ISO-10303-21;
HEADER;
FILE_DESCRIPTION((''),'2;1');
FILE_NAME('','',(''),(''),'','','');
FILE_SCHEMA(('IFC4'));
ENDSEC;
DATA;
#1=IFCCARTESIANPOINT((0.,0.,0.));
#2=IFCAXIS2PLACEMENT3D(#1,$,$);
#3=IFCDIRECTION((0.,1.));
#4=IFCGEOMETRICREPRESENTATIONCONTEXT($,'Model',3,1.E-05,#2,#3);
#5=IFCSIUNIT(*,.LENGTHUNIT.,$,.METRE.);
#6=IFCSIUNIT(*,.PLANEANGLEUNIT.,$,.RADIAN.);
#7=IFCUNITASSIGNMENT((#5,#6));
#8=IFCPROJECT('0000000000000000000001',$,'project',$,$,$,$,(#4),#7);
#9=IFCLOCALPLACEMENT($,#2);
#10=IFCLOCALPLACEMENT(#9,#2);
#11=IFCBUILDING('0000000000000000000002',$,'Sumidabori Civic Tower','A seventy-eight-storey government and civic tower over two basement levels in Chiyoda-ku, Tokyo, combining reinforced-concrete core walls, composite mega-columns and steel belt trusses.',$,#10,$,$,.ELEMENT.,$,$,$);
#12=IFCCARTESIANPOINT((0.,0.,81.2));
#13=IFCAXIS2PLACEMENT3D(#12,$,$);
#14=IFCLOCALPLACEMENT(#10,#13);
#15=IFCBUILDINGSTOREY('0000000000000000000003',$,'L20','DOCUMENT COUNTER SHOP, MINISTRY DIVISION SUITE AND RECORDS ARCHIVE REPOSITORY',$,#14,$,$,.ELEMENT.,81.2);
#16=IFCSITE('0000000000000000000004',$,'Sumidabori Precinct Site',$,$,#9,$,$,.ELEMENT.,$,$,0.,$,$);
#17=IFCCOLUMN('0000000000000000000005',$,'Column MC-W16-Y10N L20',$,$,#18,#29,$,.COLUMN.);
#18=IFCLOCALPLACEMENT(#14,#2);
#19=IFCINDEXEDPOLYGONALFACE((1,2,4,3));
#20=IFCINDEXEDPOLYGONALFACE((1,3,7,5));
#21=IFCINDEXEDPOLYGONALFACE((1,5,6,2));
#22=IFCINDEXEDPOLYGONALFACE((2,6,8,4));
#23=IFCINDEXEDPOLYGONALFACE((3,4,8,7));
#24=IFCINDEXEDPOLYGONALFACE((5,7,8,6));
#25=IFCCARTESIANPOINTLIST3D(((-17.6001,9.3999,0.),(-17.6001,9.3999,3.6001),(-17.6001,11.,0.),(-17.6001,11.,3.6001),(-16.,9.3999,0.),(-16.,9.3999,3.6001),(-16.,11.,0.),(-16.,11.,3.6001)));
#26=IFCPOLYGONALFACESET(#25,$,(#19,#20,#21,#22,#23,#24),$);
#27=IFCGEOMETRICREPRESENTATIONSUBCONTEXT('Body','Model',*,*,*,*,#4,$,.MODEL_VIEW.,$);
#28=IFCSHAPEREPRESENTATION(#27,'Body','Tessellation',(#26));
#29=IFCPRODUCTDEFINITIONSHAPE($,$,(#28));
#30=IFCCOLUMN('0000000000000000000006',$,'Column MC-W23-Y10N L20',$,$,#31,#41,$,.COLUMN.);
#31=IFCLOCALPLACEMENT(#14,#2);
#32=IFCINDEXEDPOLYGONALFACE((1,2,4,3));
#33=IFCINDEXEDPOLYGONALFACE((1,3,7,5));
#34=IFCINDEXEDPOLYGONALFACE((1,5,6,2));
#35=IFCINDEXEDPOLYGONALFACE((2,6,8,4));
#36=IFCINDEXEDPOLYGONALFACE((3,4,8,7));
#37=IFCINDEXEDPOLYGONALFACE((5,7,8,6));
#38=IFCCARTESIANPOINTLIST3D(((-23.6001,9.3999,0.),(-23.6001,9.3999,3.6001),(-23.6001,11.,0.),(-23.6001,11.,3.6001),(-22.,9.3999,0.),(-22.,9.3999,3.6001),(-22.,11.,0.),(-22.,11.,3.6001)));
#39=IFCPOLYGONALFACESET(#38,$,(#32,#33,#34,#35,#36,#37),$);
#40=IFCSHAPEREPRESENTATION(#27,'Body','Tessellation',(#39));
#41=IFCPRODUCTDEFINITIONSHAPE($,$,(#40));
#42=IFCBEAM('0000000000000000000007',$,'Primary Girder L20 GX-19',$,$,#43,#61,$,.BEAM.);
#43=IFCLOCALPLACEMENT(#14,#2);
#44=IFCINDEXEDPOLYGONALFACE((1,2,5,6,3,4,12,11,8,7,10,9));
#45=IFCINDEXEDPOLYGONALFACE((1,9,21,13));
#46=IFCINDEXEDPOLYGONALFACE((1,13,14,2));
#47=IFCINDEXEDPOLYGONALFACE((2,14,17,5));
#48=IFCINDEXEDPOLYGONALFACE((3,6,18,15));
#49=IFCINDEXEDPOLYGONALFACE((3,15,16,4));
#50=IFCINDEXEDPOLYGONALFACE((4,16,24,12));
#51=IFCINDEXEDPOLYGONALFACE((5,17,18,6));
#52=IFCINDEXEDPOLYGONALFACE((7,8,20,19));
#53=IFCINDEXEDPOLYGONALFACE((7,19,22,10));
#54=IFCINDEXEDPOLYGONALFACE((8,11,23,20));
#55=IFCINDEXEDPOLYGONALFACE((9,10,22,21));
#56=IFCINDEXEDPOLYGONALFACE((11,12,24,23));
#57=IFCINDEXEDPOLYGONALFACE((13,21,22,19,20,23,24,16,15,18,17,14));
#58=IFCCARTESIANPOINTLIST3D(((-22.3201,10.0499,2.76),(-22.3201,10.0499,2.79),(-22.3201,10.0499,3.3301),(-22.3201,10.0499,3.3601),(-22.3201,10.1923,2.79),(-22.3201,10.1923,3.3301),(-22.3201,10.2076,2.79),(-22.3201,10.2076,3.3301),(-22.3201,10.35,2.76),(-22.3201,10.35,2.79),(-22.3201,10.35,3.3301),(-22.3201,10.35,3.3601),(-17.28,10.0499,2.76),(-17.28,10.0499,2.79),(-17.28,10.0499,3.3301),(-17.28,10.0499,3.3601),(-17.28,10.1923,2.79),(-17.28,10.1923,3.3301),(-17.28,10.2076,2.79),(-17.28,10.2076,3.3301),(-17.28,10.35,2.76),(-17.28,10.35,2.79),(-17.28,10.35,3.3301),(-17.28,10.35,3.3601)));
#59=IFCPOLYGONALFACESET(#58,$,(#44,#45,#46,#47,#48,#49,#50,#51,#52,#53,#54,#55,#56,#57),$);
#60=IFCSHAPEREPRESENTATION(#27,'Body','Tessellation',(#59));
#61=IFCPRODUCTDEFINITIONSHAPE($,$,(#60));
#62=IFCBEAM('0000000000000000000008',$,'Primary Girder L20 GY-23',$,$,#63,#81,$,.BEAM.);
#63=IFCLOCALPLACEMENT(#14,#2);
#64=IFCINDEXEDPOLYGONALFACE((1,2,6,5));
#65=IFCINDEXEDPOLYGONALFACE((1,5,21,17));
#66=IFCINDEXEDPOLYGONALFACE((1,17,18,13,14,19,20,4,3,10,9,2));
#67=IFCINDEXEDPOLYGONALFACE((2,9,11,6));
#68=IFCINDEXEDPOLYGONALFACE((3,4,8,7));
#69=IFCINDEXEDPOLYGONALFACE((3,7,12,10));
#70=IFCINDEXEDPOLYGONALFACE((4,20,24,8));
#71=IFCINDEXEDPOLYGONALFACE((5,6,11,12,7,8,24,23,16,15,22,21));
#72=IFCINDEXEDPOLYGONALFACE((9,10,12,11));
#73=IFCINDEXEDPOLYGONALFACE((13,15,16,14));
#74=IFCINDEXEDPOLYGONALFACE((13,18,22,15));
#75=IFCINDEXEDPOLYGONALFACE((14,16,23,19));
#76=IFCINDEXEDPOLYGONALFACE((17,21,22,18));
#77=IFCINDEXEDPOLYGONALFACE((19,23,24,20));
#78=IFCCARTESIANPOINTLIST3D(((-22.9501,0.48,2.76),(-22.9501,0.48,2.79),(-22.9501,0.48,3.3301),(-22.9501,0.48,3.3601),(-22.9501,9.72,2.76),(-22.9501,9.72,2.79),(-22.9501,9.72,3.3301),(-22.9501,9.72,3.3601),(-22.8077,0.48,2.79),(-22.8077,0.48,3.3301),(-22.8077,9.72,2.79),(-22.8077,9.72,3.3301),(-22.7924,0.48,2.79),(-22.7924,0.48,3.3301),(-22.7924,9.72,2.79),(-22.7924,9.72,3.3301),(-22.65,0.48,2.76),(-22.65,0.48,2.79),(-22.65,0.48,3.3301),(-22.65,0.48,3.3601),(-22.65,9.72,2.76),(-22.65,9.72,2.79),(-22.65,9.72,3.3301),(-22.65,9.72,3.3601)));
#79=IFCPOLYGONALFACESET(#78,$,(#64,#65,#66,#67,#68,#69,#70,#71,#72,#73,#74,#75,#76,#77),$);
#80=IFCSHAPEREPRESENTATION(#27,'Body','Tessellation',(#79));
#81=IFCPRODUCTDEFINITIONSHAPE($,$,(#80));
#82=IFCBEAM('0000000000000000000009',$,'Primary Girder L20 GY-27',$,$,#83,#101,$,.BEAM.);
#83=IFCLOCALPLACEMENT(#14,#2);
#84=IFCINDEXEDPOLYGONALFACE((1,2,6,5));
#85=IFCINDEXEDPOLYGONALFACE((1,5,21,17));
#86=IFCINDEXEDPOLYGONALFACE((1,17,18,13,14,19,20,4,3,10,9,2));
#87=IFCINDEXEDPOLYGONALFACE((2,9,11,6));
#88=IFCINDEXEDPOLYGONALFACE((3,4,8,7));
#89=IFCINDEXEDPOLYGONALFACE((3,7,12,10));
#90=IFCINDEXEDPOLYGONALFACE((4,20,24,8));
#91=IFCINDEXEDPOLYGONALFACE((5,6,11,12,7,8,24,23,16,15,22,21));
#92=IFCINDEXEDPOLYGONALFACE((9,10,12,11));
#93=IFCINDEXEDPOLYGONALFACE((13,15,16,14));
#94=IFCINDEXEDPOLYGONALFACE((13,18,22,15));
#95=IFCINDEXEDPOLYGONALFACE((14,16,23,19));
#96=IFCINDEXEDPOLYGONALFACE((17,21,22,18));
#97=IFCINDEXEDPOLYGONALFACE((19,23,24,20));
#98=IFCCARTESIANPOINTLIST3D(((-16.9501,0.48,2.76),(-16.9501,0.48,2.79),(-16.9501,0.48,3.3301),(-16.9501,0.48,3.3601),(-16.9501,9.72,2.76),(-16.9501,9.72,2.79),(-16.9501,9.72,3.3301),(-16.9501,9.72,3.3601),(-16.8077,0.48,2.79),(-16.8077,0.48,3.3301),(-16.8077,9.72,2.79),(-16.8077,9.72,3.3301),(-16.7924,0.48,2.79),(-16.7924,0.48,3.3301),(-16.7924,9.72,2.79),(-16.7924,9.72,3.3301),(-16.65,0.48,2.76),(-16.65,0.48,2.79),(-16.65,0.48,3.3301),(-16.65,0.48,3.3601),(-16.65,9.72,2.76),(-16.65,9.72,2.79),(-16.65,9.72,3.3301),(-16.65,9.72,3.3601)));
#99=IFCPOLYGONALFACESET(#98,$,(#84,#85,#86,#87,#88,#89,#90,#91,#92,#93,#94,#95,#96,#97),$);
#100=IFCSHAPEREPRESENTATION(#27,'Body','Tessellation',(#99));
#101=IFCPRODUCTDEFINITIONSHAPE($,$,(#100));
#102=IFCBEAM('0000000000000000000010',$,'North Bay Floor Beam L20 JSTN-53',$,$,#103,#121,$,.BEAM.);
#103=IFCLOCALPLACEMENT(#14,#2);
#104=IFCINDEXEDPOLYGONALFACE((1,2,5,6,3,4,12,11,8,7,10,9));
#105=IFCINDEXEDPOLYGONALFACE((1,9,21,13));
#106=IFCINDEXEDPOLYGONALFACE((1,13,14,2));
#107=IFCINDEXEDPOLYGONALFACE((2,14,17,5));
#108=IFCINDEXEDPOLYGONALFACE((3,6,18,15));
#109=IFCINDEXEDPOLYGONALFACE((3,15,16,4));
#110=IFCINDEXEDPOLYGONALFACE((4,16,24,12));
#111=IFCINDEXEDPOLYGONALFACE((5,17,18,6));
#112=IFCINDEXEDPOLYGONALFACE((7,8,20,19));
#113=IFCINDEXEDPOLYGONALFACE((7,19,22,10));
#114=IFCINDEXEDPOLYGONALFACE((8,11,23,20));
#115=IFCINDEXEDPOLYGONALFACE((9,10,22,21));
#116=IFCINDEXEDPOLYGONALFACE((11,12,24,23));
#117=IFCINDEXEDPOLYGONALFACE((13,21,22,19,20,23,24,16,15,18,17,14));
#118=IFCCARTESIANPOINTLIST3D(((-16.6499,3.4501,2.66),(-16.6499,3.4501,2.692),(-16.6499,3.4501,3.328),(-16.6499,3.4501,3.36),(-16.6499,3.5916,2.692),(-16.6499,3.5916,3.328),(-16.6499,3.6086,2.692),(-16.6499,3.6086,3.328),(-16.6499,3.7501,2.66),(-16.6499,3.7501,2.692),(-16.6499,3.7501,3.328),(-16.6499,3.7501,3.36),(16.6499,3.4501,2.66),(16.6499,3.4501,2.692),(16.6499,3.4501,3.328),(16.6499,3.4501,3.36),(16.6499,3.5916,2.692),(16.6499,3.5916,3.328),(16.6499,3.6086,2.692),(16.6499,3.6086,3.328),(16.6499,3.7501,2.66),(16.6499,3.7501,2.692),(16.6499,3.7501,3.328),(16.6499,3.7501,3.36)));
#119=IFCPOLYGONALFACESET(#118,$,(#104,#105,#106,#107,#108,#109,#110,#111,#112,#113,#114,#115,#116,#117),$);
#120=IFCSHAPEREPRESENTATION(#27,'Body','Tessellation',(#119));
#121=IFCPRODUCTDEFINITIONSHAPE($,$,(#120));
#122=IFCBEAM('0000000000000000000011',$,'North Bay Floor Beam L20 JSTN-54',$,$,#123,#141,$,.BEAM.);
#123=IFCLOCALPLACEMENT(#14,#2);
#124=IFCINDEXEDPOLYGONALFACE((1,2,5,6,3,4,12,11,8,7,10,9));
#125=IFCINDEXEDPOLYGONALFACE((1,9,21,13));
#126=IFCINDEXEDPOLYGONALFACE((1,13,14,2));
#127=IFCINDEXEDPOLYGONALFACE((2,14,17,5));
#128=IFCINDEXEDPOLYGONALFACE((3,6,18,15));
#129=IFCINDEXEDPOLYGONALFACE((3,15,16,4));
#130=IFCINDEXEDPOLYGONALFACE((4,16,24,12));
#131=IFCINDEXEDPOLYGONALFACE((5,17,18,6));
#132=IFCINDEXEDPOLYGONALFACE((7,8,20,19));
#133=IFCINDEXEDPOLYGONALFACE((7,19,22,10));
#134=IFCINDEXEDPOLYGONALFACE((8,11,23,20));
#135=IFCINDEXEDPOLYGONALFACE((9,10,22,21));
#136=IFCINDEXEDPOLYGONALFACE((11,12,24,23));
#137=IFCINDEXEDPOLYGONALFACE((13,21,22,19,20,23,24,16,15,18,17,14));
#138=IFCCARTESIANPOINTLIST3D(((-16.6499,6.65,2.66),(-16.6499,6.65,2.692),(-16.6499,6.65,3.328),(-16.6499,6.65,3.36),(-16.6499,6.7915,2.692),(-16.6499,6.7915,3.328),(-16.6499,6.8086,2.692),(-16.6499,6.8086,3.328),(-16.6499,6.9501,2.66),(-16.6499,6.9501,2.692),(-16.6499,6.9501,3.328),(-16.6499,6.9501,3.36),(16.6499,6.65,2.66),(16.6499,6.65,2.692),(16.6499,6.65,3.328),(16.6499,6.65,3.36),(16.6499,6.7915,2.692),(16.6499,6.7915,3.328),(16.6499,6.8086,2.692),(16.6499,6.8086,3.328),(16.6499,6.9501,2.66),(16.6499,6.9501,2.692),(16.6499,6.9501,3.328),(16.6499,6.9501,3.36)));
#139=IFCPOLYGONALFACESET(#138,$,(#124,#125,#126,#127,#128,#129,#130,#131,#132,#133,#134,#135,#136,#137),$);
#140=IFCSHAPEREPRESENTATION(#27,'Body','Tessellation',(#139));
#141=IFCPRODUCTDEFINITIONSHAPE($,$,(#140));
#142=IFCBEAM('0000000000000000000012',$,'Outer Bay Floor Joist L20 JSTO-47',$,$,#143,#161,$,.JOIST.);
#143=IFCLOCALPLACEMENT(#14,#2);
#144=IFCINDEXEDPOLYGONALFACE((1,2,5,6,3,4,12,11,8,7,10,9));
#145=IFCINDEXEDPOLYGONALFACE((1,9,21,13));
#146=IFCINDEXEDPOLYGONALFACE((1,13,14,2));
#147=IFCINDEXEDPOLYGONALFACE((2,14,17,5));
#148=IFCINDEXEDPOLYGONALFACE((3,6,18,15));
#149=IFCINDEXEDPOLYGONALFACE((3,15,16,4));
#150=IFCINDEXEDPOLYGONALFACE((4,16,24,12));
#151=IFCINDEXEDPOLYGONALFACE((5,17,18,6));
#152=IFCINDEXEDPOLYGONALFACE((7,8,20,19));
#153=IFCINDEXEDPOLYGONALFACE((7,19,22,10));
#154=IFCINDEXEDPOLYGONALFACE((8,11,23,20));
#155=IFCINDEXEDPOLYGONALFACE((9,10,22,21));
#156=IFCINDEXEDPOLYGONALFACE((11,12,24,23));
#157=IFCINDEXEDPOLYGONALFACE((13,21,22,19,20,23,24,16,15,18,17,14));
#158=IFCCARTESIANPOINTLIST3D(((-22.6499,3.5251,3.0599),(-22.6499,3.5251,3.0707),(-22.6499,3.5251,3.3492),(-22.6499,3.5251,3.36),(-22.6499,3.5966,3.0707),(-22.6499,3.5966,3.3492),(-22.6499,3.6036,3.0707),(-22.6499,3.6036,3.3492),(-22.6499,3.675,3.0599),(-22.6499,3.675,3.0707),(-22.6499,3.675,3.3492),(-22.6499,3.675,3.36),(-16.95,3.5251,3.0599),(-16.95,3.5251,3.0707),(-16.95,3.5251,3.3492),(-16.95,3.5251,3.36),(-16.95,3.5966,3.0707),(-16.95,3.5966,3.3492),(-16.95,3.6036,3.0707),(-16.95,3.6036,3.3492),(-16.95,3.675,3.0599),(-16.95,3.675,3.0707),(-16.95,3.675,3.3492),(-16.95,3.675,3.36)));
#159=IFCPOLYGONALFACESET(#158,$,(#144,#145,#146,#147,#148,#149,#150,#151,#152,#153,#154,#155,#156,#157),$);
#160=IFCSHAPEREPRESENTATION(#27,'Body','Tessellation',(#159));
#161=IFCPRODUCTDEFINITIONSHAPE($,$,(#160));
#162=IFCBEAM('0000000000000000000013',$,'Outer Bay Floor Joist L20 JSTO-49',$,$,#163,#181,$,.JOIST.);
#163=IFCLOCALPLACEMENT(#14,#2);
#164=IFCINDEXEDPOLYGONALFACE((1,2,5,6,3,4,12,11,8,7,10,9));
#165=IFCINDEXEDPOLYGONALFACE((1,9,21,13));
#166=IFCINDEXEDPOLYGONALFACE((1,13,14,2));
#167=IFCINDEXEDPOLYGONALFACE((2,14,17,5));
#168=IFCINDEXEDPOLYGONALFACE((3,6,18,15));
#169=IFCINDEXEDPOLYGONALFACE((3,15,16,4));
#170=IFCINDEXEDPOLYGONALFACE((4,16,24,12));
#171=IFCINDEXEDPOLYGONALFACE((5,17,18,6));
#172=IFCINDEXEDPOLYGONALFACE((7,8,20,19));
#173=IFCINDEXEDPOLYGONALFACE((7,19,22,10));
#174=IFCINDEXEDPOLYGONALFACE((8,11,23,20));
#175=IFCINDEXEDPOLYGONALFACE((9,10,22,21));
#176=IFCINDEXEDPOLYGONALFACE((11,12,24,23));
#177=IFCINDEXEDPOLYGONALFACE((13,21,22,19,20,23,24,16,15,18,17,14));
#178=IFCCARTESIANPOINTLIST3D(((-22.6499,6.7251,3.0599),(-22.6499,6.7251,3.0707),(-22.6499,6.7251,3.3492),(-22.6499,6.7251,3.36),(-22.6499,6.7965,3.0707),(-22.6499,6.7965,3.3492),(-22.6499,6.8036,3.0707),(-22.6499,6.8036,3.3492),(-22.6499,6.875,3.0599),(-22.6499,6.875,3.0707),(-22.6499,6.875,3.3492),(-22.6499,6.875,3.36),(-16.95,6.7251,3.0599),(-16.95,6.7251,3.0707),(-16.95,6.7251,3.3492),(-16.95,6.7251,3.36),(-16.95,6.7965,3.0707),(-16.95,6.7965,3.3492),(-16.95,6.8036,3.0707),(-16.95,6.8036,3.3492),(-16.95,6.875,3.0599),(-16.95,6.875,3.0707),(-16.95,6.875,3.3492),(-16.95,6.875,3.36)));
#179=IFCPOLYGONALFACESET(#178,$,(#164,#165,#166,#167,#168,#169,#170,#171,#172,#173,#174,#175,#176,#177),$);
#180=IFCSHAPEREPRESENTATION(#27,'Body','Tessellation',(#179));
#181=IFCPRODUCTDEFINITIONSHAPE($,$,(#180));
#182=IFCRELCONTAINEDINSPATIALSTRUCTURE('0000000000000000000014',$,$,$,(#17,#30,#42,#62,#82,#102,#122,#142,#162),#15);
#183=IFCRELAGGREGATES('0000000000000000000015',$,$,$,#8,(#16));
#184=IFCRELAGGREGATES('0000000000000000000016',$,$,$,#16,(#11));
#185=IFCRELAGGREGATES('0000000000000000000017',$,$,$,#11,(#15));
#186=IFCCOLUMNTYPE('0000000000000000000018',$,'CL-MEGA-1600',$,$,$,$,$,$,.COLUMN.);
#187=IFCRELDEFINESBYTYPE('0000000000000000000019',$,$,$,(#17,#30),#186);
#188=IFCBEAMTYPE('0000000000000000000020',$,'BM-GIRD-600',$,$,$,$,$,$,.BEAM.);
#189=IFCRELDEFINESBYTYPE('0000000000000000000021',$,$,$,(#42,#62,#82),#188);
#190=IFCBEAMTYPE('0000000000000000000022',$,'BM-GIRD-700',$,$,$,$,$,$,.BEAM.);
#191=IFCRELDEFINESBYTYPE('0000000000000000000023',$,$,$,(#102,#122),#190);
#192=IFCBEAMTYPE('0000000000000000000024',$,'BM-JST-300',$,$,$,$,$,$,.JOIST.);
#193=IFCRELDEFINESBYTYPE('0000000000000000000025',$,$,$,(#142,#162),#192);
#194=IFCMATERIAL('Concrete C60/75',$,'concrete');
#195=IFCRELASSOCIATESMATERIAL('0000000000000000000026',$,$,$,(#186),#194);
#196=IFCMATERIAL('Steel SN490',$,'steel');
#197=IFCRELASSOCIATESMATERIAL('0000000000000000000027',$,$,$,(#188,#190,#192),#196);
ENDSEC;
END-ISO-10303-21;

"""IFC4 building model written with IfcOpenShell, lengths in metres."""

from ifc_helpers import new_model, si_unit, direction, frame, origin, origin_2d, place, context, subcontext, project, spatial, rectangle, i_section, extrude, source, transform, mapped, material, material_profile, profile_set, type_object, element, save


model = new_model("IFC4")

# Units and contexts
model_context = context("Model", 3, precision=1e-05, world=origin(), true_north=direction((0.0, 1.0)))
body_context = subcontext(model_context, "Body", "Model", "MODEL_VIEW")
ifc_project = project(units=[si_unit("LENGTHUNIT", "METRE"), si_unit("PLANEANGLEUNIT", "RADIAN")], contexts=[model_context])

# Site, building, storey
site_placement = place(None, origin())
site = spatial("IfcSite", under=ifc_project, at=site_placement, Name="Sumidabori Precinct Site", CompositionType="ELEMENT", RefElevation=0.0)
building_placement = place(site_placement, origin())
building = spatial("IfcBuilding", under=site, at=building_placement, Name="Sumidabori Civic Tower", Description="A seventy-eight-storey government and civic tower over two basement levels in Chiyoda-ku, Tokyo, combining reinforced-concrete core walls, composite mega-columns and steel belt trusses.", CompositionType="ELEMENT")
storey_placement = place(building_placement, frame((0.0, 0.0, 81.2)))
storey = spatial("IfcBuildingStorey", under=building, at=storey_placement, Name="L20", Description="DOCUMENT COUNTER SHOP, MINISTRY DIVISION SUITE AND RECORDS ARCHIVE REPOSITORY", CompositionType="ELEMENT", Elevation=81.2)

# Columns
ifc_material_1 = material(Name="Concrete C60/75", Category="concrete")
ifc_material_profile_1 = material_profile(ifc_material_1, rectangle(XDim=1.6001, YDim=1.6001, at=origin_2d()), Name="RC 1600x1600")
ifc_profile_set_1 = profile_set([ifc_material_profile_1], Name="Concrete C60/75")
column_type = type_object("IfcColumnType", Name="CL-MEGA-1600", PredefinedType="COLUMN", material=ifc_profile_set_1)
shared_shape_1 = source(origin(), body_context, "Body", "SweptSolid", [
    extrude(rectangle(XDim=1.6001, YDim=1.6001, at=origin_2d()), origin(), (0.0, 0.0, 1.0), 3.6001),
])
for number, where, z_axis, x_axis, name in (
    (1, (-16.8, 10.2, 0.0), (0.0, 0.0, 1.0), (1.0, 0.0, 0.0), "Column MC-W16-Y10N L20"),
    (2, (-22.8, 10.2, 0.0), (0.0, 0.0, 1.0), (1.0, 0.0, 0.0), "Column MC-W23-Y10N L20"),
):
    element("IfcColumn", number, at=place(storey_placement, frame(where, z_axis=z_axis, x_axis=x_axis)), inside=storey, type_object=column_type, Name=name, PredefinedType="COLUMN", context=body_context, shape_type="MappedRepresentation", body=[
        mapped(shared_shape_1, transform((0.0, 0.0, 0.0), x_axis=(1.0, 0.0, 0.0), y_axis=(0.0, 1.0, 0.0), z_axis=(0.0, 0.0, 1.0), scale=1.0)),
    ])

# Beams
ifc_material_2 = material(Name="Steel SN490", Category="steel")
ifc_material_profile_2 = material_profile(ifc_material_2, i_section(OverallWidth=0.3, OverallDepth=0.6001, WebThickness=0.0154, FlangeThickness=0.03, at=origin_2d()), Name="HE 600 B")
ifc_profile_set_2 = profile_set([ifc_material_profile_2], Name="Steel SN490")
beam_type_1 = type_object("IfcBeamType", Name="BM-GIRD-600", PredefinedType="BEAM", material=ifc_profile_set_2)
shared_shape_2 = source(origin(), body_context, "Body", "SweptSolid", [
    extrude(i_section(OverallWidth=0.3, OverallDepth=0.6001, WebThickness=0.0154, FlangeThickness=0.03, at=origin_2d()), origin(), (0.0, 0.0, 1.0), 5.04),
])
beam_placement = place(storey_placement, frame((-22.3201, 10.2, 3.0601), z_axis=(1.0, 0.0, 0.0), x_axis=(0.0, 1.0, 0.0)))
element("IfcBeam", 3, at=beam_placement, inside=storey, type_object=beam_type_1, Name="Primary Girder L20 GX-19", PredefinedType="BEAM", context=body_context, shape_type="MappedRepresentation", body=[
    mapped(shared_shape_2, transform((0.0, 0.0, 0.0), x_axis=(1.0, 0.0, 0.0), y_axis=(0.0, 1.0, 0.0), z_axis=(0.0, 0.0, 1.0), scale=1.0)),
])
shared_shape_3 = source(origin(), body_context, "Body", "SweptSolid", [
    extrude(i_section(OverallWidth=0.3, OverallDepth=0.6001, WebThickness=0.0154, FlangeThickness=0.03, at=origin_2d()), origin(), (0.0, 0.0, 1.0), 9.24),
])
for number, where, z_axis, x_axis, name in (
    (4, (-22.8, 0.48, 3.0601), (0.0, 1.0, 0.0), (-1.0, 0.0, 0.0), "Primary Girder L20 GY-23"),
    (5, (-16.8, 0.48, 3.0601), (0.0, 1.0, 0.0), (-1.0, 0.0, 0.0), "Primary Girder L20 GY-27"),
):
    element("IfcBeam", number, at=place(storey_placement, frame(where, z_axis=z_axis, x_axis=x_axis)), inside=storey, type_object=beam_type_1, Name=name, PredefinedType="BEAM", context=body_context, shape_type="MappedRepresentation", body=[
        mapped(shared_shape_3, transform((0.0, 0.0, 0.0), x_axis=(1.0, 0.0, 0.0), y_axis=(0.0, 1.0, 0.0), z_axis=(0.0, 0.0, 1.0), scale=1.0)),
    ])
ifc_material_profile_3 = material_profile(ifc_material_2, i_section(OverallWidth=0.3, OverallDepth=0.7, WebThickness=0.0171, FlangeThickness=0.032, at=origin_2d()), Name="HE 700 B")
ifc_profile_set_3 = profile_set([ifc_material_profile_3], Name="Steel SN490")
beam_type_2 = type_object("IfcBeamType", Name="BM-GIRD-700", PredefinedType="BEAM", material=ifc_profile_set_3)
shared_shape_4 = source(origin(), body_context, "Body", "SweptSolid", [
    extrude(i_section(OverallWidth=0.3, OverallDepth=0.7, WebThickness=0.0171, FlangeThickness=0.032, at=origin_2d()), origin(), (0.0, 0.0, 1.0), 33.2998),
])
for number, where, z_axis, x_axis, name in (
    (6, (-16.6499, 3.6001, 3.01), (1.0, 0.0, 0.0), (0.0, 1.0, 0.0), "North Bay Floor Beam L20 JSTN-53"),
    (7, (-16.6499, 6.8, 3.01), (1.0, 0.0, 0.0), (0.0, 1.0, 0.0), "North Bay Floor Beam L20 JSTN-54"),
):
    element("IfcBeam", number, at=place(storey_placement, frame(where, z_axis=z_axis, x_axis=x_axis)), inside=storey, type_object=beam_type_2, Name=name, PredefinedType="BEAM", context=body_context, shape_type="MappedRepresentation", body=[
        mapped(shared_shape_4, transform((0.0, 0.0, 0.0), x_axis=(1.0, 0.0, 0.0), y_axis=(0.0, 1.0, 0.0), z_axis=(0.0, 0.0, 1.0), scale=1.0)),
    ])
ifc_material_profile_4 = material_profile(ifc_material_2, i_section(OverallWidth=0.1499, OverallDepth=0.3, WebThickness=0.0071, FlangeThickness=0.0107, at=origin_2d()), Name="IPE 300")
ifc_profile_set_4 = profile_set([ifc_material_profile_4], Name="Steel SN490")
beam_type_3 = type_object("IfcBeamType", Name="BM-JST-300", PredefinedType="JOIST", material=ifc_profile_set_4)
shared_shape_5 = source(origin(), body_context, "Body", "SweptSolid", [
    extrude(i_section(OverallWidth=0.1499, OverallDepth=0.3, WebThickness=0.0071, FlangeThickness=0.0107, at=origin_2d()), origin(), (0.0, 0.0, 1.0), 5.7),
])
for number, where, z_axis, x_axis, name in (
    (8, (-22.6499, 3.6001, 3.21), (1.0, 0.0, 0.0), (0.0, 1.0, 0.0), "Outer Bay Floor Joist L20 JSTO-47"),
    (9, (-22.6499, 6.8, 3.21), (1.0, 0.0, 0.0), (0.0, 1.0, 0.0), "Outer Bay Floor Joist L20 JSTO-49"),
):
    element("IfcBeam", number, at=place(storey_placement, frame(where, z_axis=z_axis, x_axis=x_axis)), inside=storey, type_object=beam_type_3, Name=name, PredefinedType="JOIST", context=body_context, shape_type="MappedRepresentation", body=[
        mapped(shared_shape_5, transform((0.0, 0.0, 0.0), x_axis=(1.0, 0.0, 0.0), y_axis=(0.0, 1.0, 0.0), z_axis=(0.0, 0.0, 1.0), scale=1.0)),
    ])

save(model, "model.ifc")
